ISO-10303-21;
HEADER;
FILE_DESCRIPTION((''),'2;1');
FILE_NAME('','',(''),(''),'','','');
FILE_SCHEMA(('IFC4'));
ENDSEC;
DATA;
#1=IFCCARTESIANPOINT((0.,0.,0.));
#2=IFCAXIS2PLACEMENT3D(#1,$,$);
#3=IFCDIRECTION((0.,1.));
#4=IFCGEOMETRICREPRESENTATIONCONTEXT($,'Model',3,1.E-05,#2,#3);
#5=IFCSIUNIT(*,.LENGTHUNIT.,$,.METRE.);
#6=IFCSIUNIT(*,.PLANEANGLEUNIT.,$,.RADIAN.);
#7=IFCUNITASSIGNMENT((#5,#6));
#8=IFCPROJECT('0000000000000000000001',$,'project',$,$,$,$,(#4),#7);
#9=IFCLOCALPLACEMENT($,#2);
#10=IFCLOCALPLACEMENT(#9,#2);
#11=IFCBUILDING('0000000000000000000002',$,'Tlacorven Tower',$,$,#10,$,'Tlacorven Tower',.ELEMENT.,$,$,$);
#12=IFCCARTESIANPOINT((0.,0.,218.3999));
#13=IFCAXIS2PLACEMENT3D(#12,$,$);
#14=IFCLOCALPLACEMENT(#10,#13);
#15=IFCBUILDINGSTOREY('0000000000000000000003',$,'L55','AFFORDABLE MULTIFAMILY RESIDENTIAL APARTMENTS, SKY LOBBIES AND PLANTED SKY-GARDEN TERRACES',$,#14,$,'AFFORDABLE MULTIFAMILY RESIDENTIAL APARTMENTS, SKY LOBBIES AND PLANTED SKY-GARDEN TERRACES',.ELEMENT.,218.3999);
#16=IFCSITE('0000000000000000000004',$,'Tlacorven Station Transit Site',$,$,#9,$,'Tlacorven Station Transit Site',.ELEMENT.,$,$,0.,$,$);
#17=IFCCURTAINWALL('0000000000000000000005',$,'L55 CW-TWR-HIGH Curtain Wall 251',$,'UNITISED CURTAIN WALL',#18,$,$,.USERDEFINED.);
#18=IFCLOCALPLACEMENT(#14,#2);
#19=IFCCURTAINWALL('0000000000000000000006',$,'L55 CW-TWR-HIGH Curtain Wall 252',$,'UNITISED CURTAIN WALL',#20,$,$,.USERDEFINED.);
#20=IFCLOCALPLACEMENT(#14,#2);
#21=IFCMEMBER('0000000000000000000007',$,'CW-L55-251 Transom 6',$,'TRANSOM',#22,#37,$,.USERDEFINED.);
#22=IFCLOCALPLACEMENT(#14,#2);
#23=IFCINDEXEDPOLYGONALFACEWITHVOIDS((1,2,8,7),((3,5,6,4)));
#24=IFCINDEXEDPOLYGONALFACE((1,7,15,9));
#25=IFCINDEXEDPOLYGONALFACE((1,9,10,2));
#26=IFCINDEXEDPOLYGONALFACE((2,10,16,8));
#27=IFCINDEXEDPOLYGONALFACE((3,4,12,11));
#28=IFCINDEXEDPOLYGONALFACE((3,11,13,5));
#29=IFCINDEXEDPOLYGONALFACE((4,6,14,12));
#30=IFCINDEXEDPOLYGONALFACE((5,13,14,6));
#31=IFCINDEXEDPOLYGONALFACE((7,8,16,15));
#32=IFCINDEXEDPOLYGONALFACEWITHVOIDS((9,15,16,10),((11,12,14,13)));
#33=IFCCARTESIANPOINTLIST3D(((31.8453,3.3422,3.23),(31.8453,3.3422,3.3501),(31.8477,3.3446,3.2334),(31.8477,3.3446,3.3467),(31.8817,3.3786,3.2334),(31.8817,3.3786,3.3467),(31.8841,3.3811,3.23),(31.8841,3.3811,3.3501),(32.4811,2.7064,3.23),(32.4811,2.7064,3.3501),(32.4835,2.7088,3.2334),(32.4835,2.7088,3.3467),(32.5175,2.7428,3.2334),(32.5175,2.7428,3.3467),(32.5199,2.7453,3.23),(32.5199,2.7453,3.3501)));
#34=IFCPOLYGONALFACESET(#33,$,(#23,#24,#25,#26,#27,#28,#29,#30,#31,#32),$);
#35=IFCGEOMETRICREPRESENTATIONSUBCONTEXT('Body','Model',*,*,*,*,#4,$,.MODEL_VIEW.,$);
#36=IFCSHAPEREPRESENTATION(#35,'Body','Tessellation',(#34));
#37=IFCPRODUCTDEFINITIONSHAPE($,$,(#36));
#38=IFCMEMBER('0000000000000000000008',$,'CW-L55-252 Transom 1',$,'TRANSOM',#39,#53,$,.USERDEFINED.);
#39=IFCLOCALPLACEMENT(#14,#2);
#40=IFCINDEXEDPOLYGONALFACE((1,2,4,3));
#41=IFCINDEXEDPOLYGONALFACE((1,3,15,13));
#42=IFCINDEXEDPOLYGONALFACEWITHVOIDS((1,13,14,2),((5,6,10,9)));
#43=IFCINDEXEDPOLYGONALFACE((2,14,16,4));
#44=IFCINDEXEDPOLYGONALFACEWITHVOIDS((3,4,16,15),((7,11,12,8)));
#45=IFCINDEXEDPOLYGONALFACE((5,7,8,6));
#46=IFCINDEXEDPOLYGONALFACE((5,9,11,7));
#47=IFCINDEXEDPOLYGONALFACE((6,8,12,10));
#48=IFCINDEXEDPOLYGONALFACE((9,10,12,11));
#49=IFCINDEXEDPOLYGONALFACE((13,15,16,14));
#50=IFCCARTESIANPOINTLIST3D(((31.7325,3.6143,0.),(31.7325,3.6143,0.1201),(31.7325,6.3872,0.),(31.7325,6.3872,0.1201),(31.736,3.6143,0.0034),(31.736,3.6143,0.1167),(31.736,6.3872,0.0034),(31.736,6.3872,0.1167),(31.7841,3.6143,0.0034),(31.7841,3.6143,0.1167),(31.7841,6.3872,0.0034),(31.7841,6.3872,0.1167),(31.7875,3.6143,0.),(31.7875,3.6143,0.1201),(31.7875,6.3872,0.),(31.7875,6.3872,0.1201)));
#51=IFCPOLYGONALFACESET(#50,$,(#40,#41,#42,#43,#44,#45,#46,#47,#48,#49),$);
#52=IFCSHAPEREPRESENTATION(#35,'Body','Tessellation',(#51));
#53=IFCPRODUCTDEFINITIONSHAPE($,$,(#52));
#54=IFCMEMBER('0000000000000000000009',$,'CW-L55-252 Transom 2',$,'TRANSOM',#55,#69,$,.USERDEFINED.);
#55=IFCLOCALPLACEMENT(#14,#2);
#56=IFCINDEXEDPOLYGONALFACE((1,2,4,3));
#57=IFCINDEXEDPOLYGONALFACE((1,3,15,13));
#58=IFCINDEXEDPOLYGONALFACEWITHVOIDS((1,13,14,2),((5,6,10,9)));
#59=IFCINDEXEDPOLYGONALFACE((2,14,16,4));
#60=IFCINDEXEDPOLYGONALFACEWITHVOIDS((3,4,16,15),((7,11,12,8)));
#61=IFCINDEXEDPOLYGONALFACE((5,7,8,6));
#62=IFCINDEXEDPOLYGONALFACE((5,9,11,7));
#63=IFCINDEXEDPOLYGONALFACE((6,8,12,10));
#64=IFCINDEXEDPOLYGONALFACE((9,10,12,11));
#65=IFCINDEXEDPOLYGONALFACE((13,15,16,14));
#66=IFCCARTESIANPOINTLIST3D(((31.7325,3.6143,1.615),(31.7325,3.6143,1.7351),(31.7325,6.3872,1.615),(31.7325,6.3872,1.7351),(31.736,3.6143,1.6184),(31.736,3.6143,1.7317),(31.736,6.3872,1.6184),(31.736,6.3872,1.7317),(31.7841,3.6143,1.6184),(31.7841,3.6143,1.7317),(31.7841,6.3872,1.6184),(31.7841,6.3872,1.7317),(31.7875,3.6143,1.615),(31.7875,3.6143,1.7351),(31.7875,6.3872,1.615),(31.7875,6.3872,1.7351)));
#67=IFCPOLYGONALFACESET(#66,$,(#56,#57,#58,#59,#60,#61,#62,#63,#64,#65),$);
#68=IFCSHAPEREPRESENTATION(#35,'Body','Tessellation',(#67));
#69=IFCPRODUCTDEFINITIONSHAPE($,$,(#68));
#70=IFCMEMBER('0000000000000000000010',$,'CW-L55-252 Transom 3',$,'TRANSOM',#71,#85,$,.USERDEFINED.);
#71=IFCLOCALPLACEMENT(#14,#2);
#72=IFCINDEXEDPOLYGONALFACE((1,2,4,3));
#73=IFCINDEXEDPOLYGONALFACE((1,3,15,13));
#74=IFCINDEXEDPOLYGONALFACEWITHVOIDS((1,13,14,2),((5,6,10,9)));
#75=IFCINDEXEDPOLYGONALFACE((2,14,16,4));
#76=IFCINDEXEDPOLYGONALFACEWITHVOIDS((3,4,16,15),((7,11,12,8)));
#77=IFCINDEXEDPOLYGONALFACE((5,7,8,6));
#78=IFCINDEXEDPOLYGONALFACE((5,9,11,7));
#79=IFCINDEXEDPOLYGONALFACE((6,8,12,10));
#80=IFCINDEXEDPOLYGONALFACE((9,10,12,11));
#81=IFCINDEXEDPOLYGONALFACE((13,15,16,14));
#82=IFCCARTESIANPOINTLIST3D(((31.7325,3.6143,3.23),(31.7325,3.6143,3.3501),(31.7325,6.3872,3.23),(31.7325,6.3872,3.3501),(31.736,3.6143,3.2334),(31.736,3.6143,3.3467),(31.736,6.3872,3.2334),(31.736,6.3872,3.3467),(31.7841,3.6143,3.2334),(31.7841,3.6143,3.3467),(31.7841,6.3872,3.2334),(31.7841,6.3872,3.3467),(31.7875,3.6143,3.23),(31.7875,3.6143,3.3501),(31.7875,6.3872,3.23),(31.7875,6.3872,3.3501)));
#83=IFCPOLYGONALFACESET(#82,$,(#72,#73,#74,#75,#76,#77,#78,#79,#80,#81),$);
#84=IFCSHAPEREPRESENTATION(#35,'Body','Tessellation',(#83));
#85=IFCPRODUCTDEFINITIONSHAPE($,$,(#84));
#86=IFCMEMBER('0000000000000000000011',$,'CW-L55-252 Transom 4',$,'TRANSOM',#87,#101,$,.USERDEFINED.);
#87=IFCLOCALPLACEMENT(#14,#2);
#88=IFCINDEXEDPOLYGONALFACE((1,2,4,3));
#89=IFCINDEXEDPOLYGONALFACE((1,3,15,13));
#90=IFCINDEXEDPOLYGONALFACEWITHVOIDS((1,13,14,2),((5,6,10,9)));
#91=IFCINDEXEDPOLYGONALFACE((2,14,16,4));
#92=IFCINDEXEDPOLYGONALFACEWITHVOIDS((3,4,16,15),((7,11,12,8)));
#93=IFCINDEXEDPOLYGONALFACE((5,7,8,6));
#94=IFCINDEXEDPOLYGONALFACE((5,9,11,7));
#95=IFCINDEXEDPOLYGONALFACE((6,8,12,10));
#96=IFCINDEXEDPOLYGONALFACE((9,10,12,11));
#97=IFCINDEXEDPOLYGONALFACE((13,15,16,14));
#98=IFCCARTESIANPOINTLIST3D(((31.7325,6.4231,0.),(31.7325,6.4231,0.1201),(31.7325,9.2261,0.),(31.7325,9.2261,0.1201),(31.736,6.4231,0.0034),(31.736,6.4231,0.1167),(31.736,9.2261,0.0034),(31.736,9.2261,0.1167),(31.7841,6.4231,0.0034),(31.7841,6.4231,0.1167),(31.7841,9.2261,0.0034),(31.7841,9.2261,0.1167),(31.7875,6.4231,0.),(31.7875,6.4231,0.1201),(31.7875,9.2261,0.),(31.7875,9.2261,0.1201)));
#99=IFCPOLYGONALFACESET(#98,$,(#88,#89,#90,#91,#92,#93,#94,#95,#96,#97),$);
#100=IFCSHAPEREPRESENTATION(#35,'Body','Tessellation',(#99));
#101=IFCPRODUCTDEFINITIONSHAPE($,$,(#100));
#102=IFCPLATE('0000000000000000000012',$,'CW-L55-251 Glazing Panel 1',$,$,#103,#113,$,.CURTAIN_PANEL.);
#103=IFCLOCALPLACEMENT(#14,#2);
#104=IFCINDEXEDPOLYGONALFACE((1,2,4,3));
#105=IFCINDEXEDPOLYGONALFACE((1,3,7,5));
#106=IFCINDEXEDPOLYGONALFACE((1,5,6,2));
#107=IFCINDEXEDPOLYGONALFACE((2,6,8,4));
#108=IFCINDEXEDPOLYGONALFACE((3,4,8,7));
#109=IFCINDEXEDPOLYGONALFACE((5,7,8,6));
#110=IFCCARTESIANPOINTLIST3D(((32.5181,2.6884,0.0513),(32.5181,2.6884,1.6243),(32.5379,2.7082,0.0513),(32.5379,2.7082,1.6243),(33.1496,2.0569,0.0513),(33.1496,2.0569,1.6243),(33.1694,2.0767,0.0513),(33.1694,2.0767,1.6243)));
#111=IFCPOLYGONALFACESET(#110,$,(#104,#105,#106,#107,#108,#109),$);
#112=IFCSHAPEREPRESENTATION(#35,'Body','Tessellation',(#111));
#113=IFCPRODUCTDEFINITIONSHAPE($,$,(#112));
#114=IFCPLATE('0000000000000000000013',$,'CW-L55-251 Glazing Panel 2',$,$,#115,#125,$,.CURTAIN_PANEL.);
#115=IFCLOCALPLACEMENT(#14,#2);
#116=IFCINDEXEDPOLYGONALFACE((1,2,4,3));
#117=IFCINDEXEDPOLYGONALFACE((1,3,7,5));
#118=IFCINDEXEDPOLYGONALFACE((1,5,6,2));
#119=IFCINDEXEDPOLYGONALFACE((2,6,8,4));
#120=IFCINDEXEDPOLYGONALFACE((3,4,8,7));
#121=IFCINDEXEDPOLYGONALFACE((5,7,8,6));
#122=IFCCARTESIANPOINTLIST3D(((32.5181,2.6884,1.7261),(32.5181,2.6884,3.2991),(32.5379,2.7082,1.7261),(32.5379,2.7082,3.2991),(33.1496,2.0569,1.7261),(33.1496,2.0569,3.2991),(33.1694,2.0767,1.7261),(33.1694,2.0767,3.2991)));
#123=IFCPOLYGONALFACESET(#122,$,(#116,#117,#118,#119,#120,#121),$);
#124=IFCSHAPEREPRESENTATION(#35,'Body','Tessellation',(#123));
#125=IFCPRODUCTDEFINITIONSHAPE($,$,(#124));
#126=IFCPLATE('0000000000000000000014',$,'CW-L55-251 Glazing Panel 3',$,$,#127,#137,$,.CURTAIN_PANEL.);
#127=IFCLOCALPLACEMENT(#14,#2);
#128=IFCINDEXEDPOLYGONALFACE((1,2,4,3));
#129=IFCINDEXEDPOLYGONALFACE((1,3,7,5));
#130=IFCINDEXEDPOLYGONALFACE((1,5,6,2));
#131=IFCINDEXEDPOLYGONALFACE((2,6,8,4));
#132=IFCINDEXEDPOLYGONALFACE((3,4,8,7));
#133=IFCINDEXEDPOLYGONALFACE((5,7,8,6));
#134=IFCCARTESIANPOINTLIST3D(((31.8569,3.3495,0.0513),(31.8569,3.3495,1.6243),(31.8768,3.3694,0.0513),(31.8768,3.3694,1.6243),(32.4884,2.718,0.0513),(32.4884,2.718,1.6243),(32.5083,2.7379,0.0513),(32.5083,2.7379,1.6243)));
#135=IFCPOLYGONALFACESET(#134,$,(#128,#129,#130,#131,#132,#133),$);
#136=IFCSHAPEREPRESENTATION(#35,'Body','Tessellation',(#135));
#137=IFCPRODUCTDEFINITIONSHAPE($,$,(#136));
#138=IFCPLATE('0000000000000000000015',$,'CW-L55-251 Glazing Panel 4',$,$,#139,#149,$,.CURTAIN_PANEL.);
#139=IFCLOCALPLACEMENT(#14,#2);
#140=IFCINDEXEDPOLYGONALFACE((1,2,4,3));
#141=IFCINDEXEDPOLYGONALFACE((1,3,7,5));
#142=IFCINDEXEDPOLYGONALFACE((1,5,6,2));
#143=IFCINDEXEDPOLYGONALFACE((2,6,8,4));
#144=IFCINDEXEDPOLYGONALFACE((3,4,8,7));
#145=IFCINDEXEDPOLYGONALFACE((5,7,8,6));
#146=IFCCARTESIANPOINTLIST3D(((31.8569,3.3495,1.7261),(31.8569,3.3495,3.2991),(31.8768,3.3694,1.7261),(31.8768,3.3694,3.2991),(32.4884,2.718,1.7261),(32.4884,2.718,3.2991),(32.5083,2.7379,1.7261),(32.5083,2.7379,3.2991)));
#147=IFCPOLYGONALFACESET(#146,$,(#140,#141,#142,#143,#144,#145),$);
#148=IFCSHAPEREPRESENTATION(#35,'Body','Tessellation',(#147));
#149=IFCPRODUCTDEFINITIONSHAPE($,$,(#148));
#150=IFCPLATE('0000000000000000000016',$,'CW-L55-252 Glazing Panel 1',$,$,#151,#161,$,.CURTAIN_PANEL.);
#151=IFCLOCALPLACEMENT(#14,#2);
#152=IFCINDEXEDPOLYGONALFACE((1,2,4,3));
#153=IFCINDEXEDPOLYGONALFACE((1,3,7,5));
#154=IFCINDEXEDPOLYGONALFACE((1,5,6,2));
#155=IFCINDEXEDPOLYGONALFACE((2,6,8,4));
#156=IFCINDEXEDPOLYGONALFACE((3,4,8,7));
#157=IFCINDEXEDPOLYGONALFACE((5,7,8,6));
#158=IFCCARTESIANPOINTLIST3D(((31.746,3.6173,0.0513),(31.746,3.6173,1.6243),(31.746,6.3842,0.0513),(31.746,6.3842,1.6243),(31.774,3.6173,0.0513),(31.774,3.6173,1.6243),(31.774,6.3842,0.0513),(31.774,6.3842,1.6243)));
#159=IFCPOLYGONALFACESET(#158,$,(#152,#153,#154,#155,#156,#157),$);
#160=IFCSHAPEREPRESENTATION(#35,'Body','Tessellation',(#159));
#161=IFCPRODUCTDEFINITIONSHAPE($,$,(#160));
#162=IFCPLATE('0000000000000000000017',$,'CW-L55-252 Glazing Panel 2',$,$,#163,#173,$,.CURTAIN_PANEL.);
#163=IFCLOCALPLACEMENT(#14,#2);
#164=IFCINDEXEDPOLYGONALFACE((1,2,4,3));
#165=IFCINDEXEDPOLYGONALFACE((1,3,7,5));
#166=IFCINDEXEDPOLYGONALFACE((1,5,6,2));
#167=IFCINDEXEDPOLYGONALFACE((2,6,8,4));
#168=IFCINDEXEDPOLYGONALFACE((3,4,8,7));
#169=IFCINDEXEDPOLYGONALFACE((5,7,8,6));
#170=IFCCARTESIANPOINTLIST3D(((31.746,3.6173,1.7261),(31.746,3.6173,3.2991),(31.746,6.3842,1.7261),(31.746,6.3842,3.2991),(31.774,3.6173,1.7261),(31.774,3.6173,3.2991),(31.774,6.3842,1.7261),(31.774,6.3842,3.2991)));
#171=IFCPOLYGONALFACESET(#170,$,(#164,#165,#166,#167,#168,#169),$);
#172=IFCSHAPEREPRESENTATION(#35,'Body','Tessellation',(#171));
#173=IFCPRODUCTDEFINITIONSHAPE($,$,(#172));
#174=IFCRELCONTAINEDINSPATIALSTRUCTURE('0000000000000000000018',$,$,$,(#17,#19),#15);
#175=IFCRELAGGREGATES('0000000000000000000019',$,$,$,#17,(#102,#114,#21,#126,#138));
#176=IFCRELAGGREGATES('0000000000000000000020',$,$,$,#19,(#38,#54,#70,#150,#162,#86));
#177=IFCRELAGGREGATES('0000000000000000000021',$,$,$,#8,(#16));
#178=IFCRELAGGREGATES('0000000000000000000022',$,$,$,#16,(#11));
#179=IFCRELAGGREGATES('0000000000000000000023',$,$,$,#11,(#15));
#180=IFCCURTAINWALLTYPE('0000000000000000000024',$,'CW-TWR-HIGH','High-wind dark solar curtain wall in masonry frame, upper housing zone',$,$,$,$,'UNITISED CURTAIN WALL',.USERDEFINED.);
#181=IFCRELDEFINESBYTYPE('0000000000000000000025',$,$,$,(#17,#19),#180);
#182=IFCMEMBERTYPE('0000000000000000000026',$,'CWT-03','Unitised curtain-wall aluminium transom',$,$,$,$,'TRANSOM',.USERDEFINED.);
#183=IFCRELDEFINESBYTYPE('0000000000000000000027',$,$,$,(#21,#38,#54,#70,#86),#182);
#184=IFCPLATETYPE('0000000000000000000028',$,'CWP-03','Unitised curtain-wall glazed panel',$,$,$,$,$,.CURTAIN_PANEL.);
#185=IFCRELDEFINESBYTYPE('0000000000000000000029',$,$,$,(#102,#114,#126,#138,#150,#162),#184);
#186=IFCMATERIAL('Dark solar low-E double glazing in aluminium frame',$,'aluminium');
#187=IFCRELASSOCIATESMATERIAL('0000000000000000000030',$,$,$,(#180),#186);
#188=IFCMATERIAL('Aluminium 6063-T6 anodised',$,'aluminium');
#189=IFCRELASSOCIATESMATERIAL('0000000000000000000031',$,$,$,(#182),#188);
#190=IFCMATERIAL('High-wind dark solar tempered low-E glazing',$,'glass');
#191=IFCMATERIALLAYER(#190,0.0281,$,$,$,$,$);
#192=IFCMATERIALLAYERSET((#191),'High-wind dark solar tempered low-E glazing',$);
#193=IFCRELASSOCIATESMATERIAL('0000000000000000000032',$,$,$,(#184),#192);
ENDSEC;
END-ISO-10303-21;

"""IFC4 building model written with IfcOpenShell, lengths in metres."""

from ifc_helpers import new_model, si_unit, direction, frame, origin, origin_2d, place, context, subcontext, project, spatial, rectangle, hollow_rectangle, extrude, source, transform, mapped, material, layer, layer_set, material_profile, profile_set, type_object, element, aggregate, save


model = new_model("IFC4")

# Units and contexts
model_context = context("Model", 3, precision=1e-05, world=origin(), true_north=direction((0.0, 1.0)))
body_context = subcontext(model_context, "Body", "Model", "MODEL_VIEW")
ifc_project = project(units=[si_unit("LENGTHUNIT", "METRE"), si_unit("PLANEANGLEUNIT", "RADIAN")], contexts=[model_context])

# Site, building, storey
site_placement = place(None, origin())
site = spatial("IfcSite", under=ifc_project, at=site_placement, Name="Tlacorven Station Transit Site", LongName="Tlacorven Station Transit Site", CompositionType="ELEMENT", RefElevation=0.0)
building_placement = place(site_placement, origin())
building = spatial("IfcBuilding", under=site, at=building_placement, Name="Tlacorven Tower", LongName="Tlacorven Tower", CompositionType="ELEMENT")
storey_placement = place(building_placement, frame((0.0, 0.0, 218.3999)))
storey = spatial("IfcBuildingStorey", under=building, at=storey_placement, Name="L55", Description="AFFORDABLE MULTIFAMILY RESIDENTIAL APARTMENTS, SKY LOBBIES AND PLANTED SKY-GARDEN TERRACES", LongName="AFFORDABLE MULTIFAMILY RESIDENTIAL APARTMENTS, SKY LOBBIES AND PLANTED SKY-GARDEN TERRACES", CompositionType="ELEMENT", Elevation=218.3999)

# Shared definitions
ifc_material_1 = material(Name="Dark solar low-E double glazing in aluminium frame", Category="aluminium")
curtain_wall_type = type_object("IfcCurtainWallType", Name="CW-TWR-HIGH", Description="High-wind dark solar curtain wall in masonry frame, upper housing zone", ElementType="UNITISED CURTAIN WALL", PredefinedType="USERDEFINED", material=ifc_material_1)
ifc_material_2 = material(Name="Aluminium 6063-T6 anodised", Category="aluminium")

# Curtain walls
curtain_wall_1_placement = place(storey_placement, origin())
curtain_wall_1 = element("IfcCurtainWall", 1, at=curtain_wall_1_placement, inside=storey, type_object=curtain_wall_type, Name="L55 CW-TWR-HIGH Curtain Wall 251", ObjectType="UNITISED CURTAIN WALL", PredefinedType="USERDEFINED")
curtain_wall_2_placement = place(storey_placement, origin())
curtain_wall_2 = element("IfcCurtainWall", 2, at=curtain_wall_2_placement, inside=storey, type_object=curtain_wall_type, Name="L55 CW-TWR-HIGH Curtain Wall 252", ObjectType="UNITISED CURTAIN WALL", PredefinedType="USERDEFINED")

# Members
ifc_material_profile_1 = material_profile(ifc_material_2, hollow_rectangle(XDim=0.0549, YDim=0.1201, WallThickness=0.0034, at=origin_2d()), Name="ALU TRANSOM 55X120")
ifc_profile_set_1 = profile_set([ifc_material_profile_1], Name="Aluminium 6063-T6 anodised")
member_type_1 = type_object("IfcMemberType", Name="CWT-03", Description="Unitised curtain-wall aluminium transom", ElementType="TRANSOM", PredefinedType="USERDEFINED", material=ifc_profile_set_1)
shared_shape_1 = source(origin(), body_context, "Body", "SweptSolid", [
    extrude(hollow_rectangle(XDim=0.0549, YDim=0.1201, WallThickness=0.0034, at=origin_2d()), origin(), (0.0, 0.0, 1.0), 0.8992),
])
member_1_placement = place(storey_placement, frame((32.5005, 2.7258, 3.29), z_axis=(-0.707107, 0.707107, 0.0), x_axis=(-0.707107, -0.707107, 0.0)))
member_1 = element("IfcMember", 3, at=member_1_placement, type_object=member_type_1, Name="CW-L55-251 Transom 6", ObjectType="TRANSOM", PredefinedType="USERDEFINED", context=body_context, shape_type="MappedRepresentation", body=[
    mapped(shared_shape_1, transform((0.0, 0.0, 0.0), scale=1.0)),
])
shared_shape_2 = source(origin(), body_context, "Body", "SweptSolid", [
    extrude(hollow_rectangle(XDim=0.0549, YDim=0.1201, WallThickness=0.0034, at=origin_2d()), origin(), (0.0, 0.0, 1.0), 2.7729),
])
member_2_placement = place(storey_placement, frame((31.76, 3.6143, 0.0601), z_axis=(0.0, 1.0, 0.0), x_axis=(-1.0, 0.0, 0.0)))
member_2 = element("IfcMember", 4, at=member_2_placement, type_object=member_type_1, Name="CW-L55-252 Transom 1", ObjectType="TRANSOM", PredefinedType="USERDEFINED", context=body_context, shape_type="MappedRepresentation", body=[
    mapped(shared_shape_2, transform((0.0, 0.0, 0.0), scale=1.0)),
])
member_3_placement = place(storey_placement, frame((31.76, 3.6143, 1.675), z_axis=(0.0, 1.0, 0.0), x_axis=(-1.0, 0.0, 0.0)))
member_3 = element("IfcMember", 5, at=member_3_placement, type_object=member_type_1, Name="CW-L55-252 Transom 2", ObjectType="TRANSOM", PredefinedType="USERDEFINED", context=body_context, shape_type="MappedRepresentation", body=[
    mapped(shared_shape_2, transform((0.0, 0.0, 0.0), scale=1.0)),
])
member_4_placement = place(storey_placement, frame((31.76, 3.6143, 3.29), z_axis=(0.0, 1.0, 0.0), x_axis=(-1.0, 0.0, 0.0)))
member_4 = element("IfcMember", 6, at=member_4_placement, type_object=member_type_1, Name="CW-L55-252 Transom 3", ObjectType="TRANSOM", PredefinedType="USERDEFINED", context=body_context, shape_type="MappedRepresentation", body=[
    mapped(shared_shape_2, transform((0.0, 0.0, 0.0), scale=1.0)),
])
shared_shape_3 = source(origin(), body_context, "Body", "SweptSolid", [
    extrude(hollow_rectangle(XDim=0.0549, YDim=0.1201, WallThickness=0.0034, at=origin_2d()), origin(), (0.0, 0.0, 1.0), 2.803),
])
member_5_placement = place(storey_placement, frame((31.76, 6.4231, 0.0601), z_axis=(0.0, 1.0, 0.0), x_axis=(-1.0, 0.0, 0.0)))
member_5 = element("IfcMember", 7, at=member_5_placement, type_object=member_type_1, Name="CW-L55-252 Transom 4", ObjectType="TRANSOM", PredefinedType="USERDEFINED", context=body_context, shape_type="MappedRepresentation", body=[
    mapped(shared_shape_3, transform((0.0, 0.0, 0.0), scale=1.0)),
])

# Plates
ifc_material_3 = material(Name="High-wind dark solar tempered low-E glazing", Category="glass")
ifc_layer = layer(ifc_material_3, 0.0281)
ifc_layer_set = layer_set([ifc_layer], Name="High-wind dark solar tempered low-E glazing")
plate_type = type_object("IfcPlateType", Name="CWP-03", Description="Unitised curtain-wall glazed panel", PredefinedType="CURTAIN_PANEL", material=ifc_layer_set)
shared_shape_4 = source(origin(), body_context, "Body", "SweptSolid", [
    extrude(rectangle(XDim=0.8931, YDim=0.0281, at=origin_2d()), origin(), (0.0, 0.0, 1.0), 1.573),
])
plate_1_placement = place(storey_placement, frame((32.8438, 2.3826, 0.0513), z_axis=(0.0, 0.0, 1.0), x_axis=(-0.707107, 0.707107, 0.0)))
plate_1 = element("IfcPlate", 8, at=plate_1_placement, type_object=plate_type, Name="CW-L55-251 Glazing Panel 1", PredefinedType="CURTAIN_PANEL", context=body_context, shape_type="MappedRepresentation", body=[
    mapped(shared_shape_4, transform((0.0, 0.0, 0.0), scale=1.0)),
])
plate_2_placement = place(storey_placement, frame((32.8438, 2.3826, 1.7261), z_axis=(0.0, 0.0, 1.0), x_axis=(-0.707107, 0.707107, 0.0)))
plate_2 = element("IfcPlate", 9, at=plate_2_placement, type_object=plate_type, Name="CW-L55-251 Glazing Panel 2", PredefinedType="CURTAIN_PANEL", context=body_context, shape_type="MappedRepresentation", body=[
    mapped(shared_shape_4, transform((0.0, 0.0, 0.0), scale=1.0)),
])
plate_3_placement = place(storey_placement, frame((32.1826, 3.0437, 0.0513), z_axis=(0.0, 0.0, 1.0), x_axis=(-0.707107, 0.707107, 0.0)))
plate_3 = element("IfcPlate", 10, at=plate_3_placement, type_object=plate_type, Name="CW-L55-251 Glazing Panel 3", PredefinedType="CURTAIN_PANEL", context=body_context, shape_type="MappedRepresentation", body=[
    mapped(shared_shape_4, transform((0.0, 0.0, 0.0), scale=1.0)),
])
plate_4_placement = place(storey_placement, frame((32.1826, 3.0437, 1.7261), z_axis=(0.0, 0.0, 1.0), x_axis=(-0.707107, 0.707107, 0.0)))
plate_4 = element("IfcPlate", 11, at=plate_4_placement, type_object=plate_type, Name="CW-L55-251 Glazing Panel 4", PredefinedType="CURTAIN_PANEL", context=body_context, shape_type="MappedRepresentation", body=[
    mapped(shared_shape_4, transform((0.0, 0.0, 0.0), scale=1.0)),
])
aggregate(curtain_wall_1, [plate_1, plate_2, member_1, plate_3, plate_4])
shared_shape_5 = source(origin(), body_context, "Body", "SweptSolid", [
    extrude(rectangle(XDim=2.7668, YDim=0.0281, at=origin_2d()), origin(), (0.0, 0.0, 1.0), 1.573),
])
plate_5_placement = place(storey_placement, frame((31.76, 5.0007, 0.0513), z_axis=(0.0, 0.0, 1.0), x_axis=(0.0, 1.0, 0.0)))
plate_5 = element("IfcPlate", 12, at=plate_5_placement, type_object=plate_type, Name="CW-L55-252 Glazing Panel 1", PredefinedType="CURTAIN_PANEL", context=body_context, shape_type="MappedRepresentation", body=[
    mapped(shared_shape_5, transform((0.0, 0.0, 0.0), scale=1.0)),
])
plate_6_placement = place(storey_placement, frame((31.76, 5.0007, 1.7261), z_axis=(0.0, 0.0, 1.0), x_axis=(0.0, 1.0, 0.0)))
plate_6 = element("IfcPlate", 13, at=plate_6_placement, type_object=plate_type, Name="CW-L55-252 Glazing Panel 2", PredefinedType="CURTAIN_PANEL", context=body_context, shape_type="MappedRepresentation", body=[
    mapped(shared_shape_5, transform((0.0, 0.0, 0.0), scale=1.0)),
])
aggregate(curtain_wall_2, [member_2, member_3, member_4, plate_5, plate_6, member_5])

save(model, "model.ifc")
